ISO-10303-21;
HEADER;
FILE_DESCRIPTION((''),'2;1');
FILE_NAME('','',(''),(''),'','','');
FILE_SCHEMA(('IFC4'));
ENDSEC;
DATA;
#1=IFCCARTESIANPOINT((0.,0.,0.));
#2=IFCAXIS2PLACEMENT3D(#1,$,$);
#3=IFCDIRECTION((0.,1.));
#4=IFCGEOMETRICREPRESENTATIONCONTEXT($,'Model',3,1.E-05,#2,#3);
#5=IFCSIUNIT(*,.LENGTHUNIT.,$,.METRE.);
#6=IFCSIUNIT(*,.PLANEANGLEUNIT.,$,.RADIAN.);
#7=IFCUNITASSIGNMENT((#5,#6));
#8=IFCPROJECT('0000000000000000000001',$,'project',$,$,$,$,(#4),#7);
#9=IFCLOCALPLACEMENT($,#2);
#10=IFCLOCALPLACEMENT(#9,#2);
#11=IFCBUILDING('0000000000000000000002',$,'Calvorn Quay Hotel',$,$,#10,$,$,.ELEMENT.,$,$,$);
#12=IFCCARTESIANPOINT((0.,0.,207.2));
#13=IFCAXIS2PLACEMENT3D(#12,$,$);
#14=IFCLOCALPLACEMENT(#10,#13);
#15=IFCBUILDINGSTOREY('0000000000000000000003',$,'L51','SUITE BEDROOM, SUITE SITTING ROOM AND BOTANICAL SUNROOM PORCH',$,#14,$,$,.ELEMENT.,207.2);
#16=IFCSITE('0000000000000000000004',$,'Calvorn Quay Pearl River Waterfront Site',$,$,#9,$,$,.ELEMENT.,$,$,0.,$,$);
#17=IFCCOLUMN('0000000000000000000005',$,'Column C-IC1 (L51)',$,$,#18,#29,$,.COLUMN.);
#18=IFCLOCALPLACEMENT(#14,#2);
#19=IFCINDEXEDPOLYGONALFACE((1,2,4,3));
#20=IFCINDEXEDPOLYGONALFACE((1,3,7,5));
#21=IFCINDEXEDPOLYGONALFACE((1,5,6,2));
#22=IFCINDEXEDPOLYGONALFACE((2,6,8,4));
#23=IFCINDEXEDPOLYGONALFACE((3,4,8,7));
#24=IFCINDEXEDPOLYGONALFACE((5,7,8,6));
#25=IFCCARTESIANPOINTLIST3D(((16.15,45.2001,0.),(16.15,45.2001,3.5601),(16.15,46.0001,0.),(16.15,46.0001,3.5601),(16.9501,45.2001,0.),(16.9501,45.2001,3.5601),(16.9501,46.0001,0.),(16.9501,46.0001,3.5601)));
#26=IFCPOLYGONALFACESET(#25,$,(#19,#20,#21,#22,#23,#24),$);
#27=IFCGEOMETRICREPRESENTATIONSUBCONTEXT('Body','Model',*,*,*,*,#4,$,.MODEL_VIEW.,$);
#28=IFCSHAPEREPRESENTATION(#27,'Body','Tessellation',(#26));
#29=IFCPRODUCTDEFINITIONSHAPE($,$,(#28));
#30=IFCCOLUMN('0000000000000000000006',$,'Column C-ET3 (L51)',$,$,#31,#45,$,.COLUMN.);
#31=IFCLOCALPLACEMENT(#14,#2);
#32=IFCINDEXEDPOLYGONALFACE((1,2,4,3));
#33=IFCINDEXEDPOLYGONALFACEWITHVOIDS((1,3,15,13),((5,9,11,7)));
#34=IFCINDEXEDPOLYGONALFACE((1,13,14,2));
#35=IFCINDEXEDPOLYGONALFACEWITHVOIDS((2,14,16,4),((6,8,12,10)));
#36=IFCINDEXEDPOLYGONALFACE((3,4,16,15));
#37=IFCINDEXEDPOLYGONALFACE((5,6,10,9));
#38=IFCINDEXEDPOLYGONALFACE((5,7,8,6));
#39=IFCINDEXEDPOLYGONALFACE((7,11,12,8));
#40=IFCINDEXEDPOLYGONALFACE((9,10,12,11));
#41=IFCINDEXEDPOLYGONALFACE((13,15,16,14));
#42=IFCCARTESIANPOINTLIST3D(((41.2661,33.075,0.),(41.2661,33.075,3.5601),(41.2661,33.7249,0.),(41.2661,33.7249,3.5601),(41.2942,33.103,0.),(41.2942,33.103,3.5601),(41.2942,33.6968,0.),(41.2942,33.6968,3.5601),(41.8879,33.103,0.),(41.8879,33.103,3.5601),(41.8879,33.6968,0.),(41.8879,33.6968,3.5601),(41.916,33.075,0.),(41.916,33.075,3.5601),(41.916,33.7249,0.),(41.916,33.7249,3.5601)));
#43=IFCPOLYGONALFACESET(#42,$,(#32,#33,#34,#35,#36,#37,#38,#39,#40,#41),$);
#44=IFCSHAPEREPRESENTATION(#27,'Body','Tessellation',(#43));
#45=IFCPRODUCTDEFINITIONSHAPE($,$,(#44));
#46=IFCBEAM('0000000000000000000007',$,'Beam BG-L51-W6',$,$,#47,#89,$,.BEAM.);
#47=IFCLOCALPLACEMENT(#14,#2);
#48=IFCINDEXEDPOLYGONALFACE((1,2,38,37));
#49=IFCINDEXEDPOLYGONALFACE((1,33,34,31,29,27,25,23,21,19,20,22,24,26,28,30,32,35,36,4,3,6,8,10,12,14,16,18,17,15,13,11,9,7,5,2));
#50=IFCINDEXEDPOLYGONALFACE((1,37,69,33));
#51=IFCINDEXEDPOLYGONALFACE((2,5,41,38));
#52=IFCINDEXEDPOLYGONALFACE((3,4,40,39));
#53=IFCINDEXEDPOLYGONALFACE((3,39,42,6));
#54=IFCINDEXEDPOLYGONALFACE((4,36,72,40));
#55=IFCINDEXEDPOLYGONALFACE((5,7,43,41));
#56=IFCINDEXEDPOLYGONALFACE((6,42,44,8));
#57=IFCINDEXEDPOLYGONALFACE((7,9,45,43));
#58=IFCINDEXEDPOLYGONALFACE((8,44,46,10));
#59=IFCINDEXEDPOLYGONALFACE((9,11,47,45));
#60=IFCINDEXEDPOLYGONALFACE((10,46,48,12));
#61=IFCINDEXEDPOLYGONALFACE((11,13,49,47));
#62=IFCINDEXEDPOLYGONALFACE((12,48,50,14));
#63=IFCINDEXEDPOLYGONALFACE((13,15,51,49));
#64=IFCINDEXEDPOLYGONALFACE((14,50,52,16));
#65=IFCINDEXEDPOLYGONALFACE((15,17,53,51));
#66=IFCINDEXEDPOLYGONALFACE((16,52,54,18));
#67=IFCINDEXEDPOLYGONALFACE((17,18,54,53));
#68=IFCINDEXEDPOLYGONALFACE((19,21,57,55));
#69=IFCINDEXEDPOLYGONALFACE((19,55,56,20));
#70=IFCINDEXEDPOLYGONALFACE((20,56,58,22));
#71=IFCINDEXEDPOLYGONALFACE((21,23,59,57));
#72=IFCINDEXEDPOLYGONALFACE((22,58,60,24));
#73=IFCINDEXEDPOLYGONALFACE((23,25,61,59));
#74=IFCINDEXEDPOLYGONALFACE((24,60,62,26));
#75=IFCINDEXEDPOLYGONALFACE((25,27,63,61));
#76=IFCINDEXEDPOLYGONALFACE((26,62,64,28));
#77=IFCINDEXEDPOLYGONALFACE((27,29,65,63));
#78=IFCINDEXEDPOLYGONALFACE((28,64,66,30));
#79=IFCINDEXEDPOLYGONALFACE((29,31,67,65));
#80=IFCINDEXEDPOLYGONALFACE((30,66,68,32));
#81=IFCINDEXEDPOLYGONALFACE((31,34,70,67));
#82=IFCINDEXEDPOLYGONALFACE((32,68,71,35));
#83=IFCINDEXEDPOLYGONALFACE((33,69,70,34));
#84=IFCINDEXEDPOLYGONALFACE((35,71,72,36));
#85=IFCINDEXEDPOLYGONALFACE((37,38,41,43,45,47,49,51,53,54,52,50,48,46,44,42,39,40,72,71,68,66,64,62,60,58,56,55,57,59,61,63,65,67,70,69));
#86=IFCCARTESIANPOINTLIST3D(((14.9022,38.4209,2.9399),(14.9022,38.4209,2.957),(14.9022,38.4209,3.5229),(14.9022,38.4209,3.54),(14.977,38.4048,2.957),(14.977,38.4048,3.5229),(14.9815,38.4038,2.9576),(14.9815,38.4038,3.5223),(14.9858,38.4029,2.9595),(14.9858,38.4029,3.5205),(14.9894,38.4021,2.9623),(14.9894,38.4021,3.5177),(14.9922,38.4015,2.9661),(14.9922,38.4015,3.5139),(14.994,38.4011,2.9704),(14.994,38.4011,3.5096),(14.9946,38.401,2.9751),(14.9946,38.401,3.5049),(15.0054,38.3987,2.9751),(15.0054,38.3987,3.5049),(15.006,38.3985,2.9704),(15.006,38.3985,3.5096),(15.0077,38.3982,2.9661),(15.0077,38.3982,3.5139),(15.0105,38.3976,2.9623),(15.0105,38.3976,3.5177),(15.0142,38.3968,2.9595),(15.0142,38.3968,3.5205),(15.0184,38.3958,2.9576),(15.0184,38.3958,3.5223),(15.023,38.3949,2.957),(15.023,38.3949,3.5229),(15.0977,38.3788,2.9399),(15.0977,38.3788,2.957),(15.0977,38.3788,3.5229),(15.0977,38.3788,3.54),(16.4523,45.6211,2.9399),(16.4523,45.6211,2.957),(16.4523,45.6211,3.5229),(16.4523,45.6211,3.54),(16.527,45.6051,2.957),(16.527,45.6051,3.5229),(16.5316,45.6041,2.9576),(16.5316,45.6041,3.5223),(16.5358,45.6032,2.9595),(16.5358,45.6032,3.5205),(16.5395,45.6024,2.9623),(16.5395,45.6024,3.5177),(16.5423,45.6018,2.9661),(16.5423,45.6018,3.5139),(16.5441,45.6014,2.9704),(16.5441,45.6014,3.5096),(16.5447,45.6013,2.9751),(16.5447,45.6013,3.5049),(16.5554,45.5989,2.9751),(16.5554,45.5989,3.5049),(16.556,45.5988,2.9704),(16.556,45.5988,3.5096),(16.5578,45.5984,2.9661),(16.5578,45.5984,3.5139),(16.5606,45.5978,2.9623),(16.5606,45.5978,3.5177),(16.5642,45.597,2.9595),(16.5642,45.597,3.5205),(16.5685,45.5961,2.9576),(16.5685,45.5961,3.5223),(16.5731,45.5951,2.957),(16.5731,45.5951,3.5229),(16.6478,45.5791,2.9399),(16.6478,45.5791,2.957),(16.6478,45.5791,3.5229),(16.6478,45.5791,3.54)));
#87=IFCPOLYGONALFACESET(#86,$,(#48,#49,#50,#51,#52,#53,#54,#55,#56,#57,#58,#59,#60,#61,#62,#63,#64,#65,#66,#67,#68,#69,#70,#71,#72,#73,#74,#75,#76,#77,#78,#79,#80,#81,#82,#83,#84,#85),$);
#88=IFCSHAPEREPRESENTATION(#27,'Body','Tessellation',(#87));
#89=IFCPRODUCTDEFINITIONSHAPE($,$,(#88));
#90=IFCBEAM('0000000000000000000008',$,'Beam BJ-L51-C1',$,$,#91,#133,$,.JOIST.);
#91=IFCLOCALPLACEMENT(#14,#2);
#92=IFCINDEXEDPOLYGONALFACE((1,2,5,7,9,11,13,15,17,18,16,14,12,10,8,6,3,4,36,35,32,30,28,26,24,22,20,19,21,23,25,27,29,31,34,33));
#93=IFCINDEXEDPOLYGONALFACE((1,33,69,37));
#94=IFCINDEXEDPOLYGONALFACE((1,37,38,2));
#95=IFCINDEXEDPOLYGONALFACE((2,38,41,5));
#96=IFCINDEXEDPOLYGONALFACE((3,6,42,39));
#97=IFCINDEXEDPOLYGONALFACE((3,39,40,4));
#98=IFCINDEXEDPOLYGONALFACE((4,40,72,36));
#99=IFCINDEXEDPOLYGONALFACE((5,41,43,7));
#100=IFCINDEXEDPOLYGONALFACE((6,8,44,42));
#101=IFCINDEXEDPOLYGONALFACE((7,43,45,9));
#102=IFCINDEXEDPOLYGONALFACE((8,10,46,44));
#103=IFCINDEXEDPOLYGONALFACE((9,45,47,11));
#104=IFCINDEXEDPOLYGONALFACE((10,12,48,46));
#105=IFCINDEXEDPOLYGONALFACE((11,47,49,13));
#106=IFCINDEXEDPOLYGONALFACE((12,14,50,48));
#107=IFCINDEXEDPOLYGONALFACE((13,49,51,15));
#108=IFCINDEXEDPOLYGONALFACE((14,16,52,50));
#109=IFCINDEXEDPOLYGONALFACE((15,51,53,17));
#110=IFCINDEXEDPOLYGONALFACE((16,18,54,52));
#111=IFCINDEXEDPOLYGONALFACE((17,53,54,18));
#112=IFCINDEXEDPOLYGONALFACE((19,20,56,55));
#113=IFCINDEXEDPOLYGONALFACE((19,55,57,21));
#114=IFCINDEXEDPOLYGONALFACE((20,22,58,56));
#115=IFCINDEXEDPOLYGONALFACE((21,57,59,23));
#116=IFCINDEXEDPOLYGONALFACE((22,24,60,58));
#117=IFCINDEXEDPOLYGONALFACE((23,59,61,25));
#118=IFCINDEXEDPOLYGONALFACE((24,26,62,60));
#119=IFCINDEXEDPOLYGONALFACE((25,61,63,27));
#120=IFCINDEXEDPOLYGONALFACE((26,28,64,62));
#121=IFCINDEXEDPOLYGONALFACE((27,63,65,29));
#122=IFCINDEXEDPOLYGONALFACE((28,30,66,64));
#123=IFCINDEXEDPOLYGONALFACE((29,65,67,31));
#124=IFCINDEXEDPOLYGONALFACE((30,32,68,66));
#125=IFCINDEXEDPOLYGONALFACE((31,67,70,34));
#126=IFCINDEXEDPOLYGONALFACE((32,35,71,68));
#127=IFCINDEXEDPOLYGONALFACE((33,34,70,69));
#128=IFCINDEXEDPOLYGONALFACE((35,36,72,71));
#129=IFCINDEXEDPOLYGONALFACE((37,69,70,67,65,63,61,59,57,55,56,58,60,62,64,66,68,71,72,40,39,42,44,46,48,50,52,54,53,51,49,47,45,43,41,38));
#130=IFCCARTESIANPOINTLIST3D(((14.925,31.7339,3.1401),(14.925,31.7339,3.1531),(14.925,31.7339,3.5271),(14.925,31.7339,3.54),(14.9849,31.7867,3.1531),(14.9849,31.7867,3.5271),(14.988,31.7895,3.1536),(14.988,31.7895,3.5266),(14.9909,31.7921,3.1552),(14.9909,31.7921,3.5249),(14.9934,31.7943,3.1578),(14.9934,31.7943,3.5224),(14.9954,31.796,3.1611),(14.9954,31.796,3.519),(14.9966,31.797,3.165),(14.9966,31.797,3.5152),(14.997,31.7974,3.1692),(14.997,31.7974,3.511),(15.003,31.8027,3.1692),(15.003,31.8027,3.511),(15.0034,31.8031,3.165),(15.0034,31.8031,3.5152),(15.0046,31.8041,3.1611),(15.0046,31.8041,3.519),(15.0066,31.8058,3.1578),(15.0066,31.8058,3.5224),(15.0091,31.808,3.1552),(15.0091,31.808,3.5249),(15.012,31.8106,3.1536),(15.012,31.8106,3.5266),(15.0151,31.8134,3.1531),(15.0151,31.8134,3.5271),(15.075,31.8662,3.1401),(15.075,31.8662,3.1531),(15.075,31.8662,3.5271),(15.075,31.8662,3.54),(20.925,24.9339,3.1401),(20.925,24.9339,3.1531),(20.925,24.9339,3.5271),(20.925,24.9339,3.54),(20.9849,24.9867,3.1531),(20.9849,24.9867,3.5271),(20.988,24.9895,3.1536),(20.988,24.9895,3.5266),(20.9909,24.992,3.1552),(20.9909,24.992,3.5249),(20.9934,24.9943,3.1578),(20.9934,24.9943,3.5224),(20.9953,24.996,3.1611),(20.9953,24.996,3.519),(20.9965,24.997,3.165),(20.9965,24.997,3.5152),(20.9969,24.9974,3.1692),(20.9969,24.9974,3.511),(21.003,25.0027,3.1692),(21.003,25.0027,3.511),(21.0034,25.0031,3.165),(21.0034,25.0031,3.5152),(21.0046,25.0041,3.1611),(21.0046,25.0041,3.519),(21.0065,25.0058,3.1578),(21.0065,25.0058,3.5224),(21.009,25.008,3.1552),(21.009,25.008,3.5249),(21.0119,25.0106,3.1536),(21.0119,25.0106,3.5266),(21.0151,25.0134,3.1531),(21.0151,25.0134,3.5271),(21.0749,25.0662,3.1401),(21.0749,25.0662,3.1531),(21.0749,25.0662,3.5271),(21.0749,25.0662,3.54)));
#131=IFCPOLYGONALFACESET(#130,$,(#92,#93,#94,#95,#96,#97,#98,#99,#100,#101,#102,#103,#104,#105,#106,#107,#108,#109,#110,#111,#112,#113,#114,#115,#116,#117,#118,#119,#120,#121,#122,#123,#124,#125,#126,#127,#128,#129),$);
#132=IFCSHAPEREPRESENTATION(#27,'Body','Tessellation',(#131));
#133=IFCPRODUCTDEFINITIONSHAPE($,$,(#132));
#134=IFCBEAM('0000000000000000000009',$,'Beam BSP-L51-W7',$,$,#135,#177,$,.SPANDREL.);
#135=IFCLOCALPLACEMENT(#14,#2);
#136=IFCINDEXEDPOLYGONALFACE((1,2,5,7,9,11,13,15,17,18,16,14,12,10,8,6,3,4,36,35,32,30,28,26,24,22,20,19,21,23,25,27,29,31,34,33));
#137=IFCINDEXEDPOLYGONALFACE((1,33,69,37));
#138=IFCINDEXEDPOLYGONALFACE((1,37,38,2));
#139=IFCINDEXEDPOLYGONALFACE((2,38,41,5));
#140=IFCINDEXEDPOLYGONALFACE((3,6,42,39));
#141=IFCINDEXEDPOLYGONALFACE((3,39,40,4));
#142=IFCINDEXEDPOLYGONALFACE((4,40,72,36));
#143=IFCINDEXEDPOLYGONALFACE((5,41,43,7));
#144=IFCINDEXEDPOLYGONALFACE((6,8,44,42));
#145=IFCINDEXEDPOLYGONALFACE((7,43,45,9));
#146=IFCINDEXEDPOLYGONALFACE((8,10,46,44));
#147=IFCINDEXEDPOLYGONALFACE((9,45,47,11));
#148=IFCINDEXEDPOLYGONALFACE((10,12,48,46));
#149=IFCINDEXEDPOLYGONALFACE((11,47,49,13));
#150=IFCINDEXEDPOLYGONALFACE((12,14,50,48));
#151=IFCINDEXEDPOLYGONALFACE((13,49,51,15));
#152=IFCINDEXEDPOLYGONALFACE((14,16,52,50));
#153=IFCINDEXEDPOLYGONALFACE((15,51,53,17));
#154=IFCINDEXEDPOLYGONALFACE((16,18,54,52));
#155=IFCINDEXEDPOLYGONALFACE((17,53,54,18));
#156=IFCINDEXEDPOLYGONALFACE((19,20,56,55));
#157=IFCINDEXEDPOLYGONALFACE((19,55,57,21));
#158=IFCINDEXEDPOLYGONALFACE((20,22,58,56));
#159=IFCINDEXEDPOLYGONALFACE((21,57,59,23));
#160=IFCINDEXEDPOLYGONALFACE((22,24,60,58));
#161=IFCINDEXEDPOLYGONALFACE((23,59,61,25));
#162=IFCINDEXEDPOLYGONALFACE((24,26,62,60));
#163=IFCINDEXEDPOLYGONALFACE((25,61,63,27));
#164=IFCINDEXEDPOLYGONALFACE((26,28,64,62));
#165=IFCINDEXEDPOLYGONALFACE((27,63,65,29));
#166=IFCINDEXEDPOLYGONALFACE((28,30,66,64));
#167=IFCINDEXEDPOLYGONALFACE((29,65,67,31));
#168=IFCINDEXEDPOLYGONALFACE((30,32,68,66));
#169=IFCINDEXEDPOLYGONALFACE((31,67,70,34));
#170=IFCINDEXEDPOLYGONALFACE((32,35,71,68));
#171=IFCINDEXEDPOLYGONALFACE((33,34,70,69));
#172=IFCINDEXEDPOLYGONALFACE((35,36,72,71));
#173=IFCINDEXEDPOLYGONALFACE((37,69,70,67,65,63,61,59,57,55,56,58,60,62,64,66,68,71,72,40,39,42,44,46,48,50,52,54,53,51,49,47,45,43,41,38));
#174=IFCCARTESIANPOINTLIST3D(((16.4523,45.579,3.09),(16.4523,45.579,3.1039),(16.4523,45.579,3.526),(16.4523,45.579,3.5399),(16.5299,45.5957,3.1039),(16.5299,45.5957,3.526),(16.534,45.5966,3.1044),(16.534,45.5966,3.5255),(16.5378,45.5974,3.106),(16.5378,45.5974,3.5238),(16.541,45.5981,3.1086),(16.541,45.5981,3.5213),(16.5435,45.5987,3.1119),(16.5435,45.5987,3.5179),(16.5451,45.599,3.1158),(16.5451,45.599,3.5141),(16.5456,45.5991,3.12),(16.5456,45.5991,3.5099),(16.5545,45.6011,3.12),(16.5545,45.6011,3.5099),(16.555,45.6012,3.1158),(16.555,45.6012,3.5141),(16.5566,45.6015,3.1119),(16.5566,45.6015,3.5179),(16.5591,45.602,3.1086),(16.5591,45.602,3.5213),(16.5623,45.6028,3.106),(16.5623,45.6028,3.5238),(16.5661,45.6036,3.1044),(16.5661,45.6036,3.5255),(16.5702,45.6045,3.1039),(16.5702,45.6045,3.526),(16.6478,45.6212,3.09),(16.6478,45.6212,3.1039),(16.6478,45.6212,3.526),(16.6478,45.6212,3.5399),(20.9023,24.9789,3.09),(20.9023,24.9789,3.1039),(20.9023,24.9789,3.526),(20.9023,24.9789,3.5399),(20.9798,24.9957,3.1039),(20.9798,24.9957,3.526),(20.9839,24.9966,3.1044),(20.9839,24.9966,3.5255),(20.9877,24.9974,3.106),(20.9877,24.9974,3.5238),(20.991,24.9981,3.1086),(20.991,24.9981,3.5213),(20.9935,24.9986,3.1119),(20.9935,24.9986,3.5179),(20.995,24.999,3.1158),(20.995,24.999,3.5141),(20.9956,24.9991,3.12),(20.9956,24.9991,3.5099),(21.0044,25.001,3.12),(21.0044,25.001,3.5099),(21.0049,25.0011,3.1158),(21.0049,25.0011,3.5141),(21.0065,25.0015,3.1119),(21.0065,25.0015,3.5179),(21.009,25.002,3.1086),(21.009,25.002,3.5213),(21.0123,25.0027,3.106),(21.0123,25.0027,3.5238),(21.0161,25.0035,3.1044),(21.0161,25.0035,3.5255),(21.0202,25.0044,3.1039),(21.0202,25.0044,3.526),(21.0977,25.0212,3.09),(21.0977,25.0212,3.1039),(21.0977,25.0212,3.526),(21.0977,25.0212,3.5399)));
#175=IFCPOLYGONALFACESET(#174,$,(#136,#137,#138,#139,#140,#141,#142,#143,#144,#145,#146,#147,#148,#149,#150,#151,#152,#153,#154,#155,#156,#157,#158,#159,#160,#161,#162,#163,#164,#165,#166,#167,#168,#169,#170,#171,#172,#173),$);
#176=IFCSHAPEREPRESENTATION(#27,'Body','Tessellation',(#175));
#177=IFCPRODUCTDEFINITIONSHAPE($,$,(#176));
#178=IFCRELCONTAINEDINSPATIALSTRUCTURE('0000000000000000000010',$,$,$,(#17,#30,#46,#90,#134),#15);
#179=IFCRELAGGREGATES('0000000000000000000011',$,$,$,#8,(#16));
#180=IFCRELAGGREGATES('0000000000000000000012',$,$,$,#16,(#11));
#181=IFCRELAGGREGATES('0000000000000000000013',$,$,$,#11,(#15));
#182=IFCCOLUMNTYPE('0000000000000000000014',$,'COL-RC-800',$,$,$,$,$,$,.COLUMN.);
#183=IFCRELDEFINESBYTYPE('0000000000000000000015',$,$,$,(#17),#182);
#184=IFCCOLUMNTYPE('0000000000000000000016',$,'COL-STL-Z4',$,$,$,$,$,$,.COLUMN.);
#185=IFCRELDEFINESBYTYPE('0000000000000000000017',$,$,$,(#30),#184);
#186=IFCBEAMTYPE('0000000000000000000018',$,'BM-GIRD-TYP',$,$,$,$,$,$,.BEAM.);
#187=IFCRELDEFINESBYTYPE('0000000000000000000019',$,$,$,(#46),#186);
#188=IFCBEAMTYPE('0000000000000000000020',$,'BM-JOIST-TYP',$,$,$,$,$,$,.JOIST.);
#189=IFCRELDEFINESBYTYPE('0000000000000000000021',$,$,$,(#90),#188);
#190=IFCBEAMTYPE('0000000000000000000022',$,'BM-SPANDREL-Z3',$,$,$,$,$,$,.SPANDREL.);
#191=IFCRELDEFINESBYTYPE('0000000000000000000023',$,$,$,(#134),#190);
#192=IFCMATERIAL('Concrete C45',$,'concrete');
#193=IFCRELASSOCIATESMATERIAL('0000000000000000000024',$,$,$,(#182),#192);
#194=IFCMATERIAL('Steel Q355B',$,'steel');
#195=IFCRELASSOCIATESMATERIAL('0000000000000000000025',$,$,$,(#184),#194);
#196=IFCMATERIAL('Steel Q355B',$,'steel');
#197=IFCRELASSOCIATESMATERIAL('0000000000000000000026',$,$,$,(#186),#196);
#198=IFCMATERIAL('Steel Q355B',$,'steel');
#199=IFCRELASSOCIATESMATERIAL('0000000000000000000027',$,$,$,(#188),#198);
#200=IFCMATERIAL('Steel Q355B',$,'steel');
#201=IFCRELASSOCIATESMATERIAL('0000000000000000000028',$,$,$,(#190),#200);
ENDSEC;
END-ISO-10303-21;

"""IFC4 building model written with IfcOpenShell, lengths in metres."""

from ifc_helpers import new_model, si_unit, direction, frame, origin, origin_2d, place, context, subcontext, project, spatial, rectangle, hollow_rectangle, i_section, extrude, material, material_profile, profile_set, type_object, element, save


model = new_model("IFC4")

# Units and contexts
model_context = context("Model", 3, precision=1e-05, world=origin(), true_north=direction((0.0, 1.0)))
body_context = subcontext(model_context, "Body", "Model", "MODEL_VIEW")
ifc_project = project(units=[si_unit("LENGTHUNIT", "METRE"), si_unit("PLANEANGLEUNIT", "RADIAN")], contexts=[model_context])

# Site, building, storey
site_placement = place(None, origin())
site = spatial("IfcSite", under=ifc_project, at=site_placement, Name="Calvorn Quay Pearl River Waterfront Site", CompositionType="ELEMENT", RefElevation=0.0)
building_placement = place(site_placement, origin())
building = spatial("IfcBuilding", under=site, at=building_placement, Name="Calvorn Quay Hotel", CompositionType="ELEMENT")
storey_placement = place(building_placement, frame((0.0, 0.0, 207.2)))
storey = spatial("IfcBuildingStorey", under=building, at=storey_placement, Name="L51", Description="SUITE BEDROOM, SUITE SITTING ROOM AND BOTANICAL SUNROOM PORCH", CompositionType="ELEMENT", Elevation=207.2)

# Columns
ifc_material_1 = material(Name="Concrete C45", Category="concrete")
ifc_material_profile_1 = material_profile(ifc_material_1, rectangle(XDim=0.8, YDim=0.8, at=origin_2d()), Name="RC800x800")
ifc_profile_set_1 = profile_set([ifc_material_profile_1], Name="Concrete C45")
column_type_1 = type_object("IfcColumnType", Name="COL-RC-800", PredefinedType="COLUMN", material=ifc_profile_set_1)
column_1_placement = place(storey_placement, frame((16.55, 45.6001, 0.0), z_axis=(0.0, 0.0, 1.0), x_axis=(1.0, 0.0, 0.0)))
element("IfcColumn", 1, at=column_1_placement, inside=storey, type_object=column_type_1, Name="Column C-IC1 (L51)", PredefinedType="COLUMN", context=body_context, shape_type="SweptSolid", body=[
    extrude(rectangle(XDim=0.8, YDim=0.8, at=origin_2d()), origin(), (0.0, 0.0, 1.0), 3.5601),
])
ifc_material_2 = material(Name="Steel Q355B", Category="steel")
ifc_material_profile_2 = material_profile(ifc_material_2, hollow_rectangle(XDim=0.6499, YDim=0.6499, WallThickness=0.0281, at=origin_2d()), Name="BOX650x650x28")
ifc_profile_set_2 = profile_set([ifc_material_profile_2], Name="Steel Q355B")
column_type_2 = type_object("IfcColumnType", Name="COL-STL-Z4", PredefinedType="COLUMN", material=ifc_profile_set_2)
column_2_placement = place(storey_placement, frame((41.5911, 33.3999, 0.0), z_axis=(0.0, 0.0, 1.0), x_axis=(1.0, 0.0, 0.0)))
element("IfcColumn", 2, at=column_2_placement, inside=storey, type_object=column_type_2, Name="Column C-ET3 (L51)", PredefinedType="COLUMN", context=body_context, shape_type="SweptSolid", body=[
    extrude(hollow_rectangle(XDim=0.6499, YDim=0.6499, WallThickness=0.0281, at=origin_2d()), origin(), (0.0, 0.0, 1.0), 3.5601),
])

# Beams
ifc_material_3 = material(Name="Steel Q355B", Category="steel")
ifc_material_profile_3 = material_profile(ifc_material_3, i_section(OverallWidth=0.2, OverallDepth=0.6001, WebThickness=0.011, FlangeThickness=0.0171, FilletRadius=0.0181, at=origin_2d()), Name="HN600x200x11x17")
ifc_profile_set_3 = profile_set([ifc_material_profile_3], Name="Steel Q355B")
beam_type_1 = type_object("IfcBeamType", Name="BM-GIRD-TYP", PredefinedType="BEAM", material=ifc_profile_set_3)
beam_1_placement = place(storey_placement, frame((16.55, 45.6001, 3.24), z_axis=(-0.210457, -0.977603, 0.0), x_axis=(0.977603, -0.210457, 0.0)))
element("IfcBeam", 3, at=beam_1_placement, inside=storey, type_object=beam_type_1, Name="Beam BG-L51-W6", PredefinedType="BEAM", context=body_context, shape_type="SweptSolid", body=[
    extrude(i_section(OverallWidth=0.2, OverallDepth=0.6001, WebThickness=0.011, FlangeThickness=0.0171, FilletRadius=0.0181, at=origin_2d()), origin(), (0.0, 0.0, 1.0), 7.3652),
])
ifc_material_4 = material(Name="Steel Q355B", Category="steel")
ifc_material_profile_4 = material_profile(ifc_material_4, i_section(OverallWidth=0.2, OverallDepth=0.3999, WebThickness=0.0081, FlangeThickness=0.0129, FilletRadius=0.0161, at=origin_2d()), Name="HN400x200x8x13")
ifc_profile_set_4 = profile_set([ifc_material_profile_4], Name="Steel Q355B")
beam_type_2 = type_object("IfcBeamType", Name="BM-JOIST-TYP", PredefinedType="JOIST", material=ifc_profile_set_4)
beam_2_placement = place(storey_placement, frame((15.0, 31.8, 3.3401), z_axis=(0.661619, -0.74984, 0.0), x_axis=(0.74984, 0.661619, 0.0)))
element("IfcBeam", 4, at=beam_2_placement, inside=storey, type_object=beam_type_2, Name="Beam BJ-L51-C1", PredefinedType="JOIST", context=body_context, shape_type="SweptSolid", body=[
    extrude(i_section(OverallWidth=0.2, OverallDepth=0.3999, WebThickness=0.0081, FlangeThickness=0.0129, FilletRadius=0.0161, at=origin_2d()), origin(), (0.0, 0.0, 1.0), 9.0686),
])
ifc_material_5 = material(Name="Steel Q355B", Category="steel")
ifc_material_profile_5 = material_profile(ifc_material_5, i_section(OverallWidth=0.2, OverallDepth=0.45, WebThickness=0.009, FlangeThickness=0.0139, FilletRadius=0.0161, at=origin_2d()), Name="HN450x200x9x14")
ifc_profile_set_5 = profile_set([ifc_material_profile_5], Name="Steel Q355B")
beam_type_3 = type_object("IfcBeamType", Name="BM-SPANDREL-Z3", PredefinedType="SPANDREL", material=ifc_profile_set_5)
beam_3_placement = place(storey_placement, frame((16.55, 45.6001, 3.3149), z_axis=(0.211146, -0.977455, 0.0), x_axis=(0.977455, 0.211146, 0.0)))
element("IfcBeam", 5, at=beam_3_placement, inside=storey, type_object=beam_type_3, Name="Beam BSP-L51-W7", PredefinedType="SPANDREL", context=body_context, shape_type="SweptSolid", body=[
    extrude(i_section(OverallWidth=0.2, OverallDepth=0.45, WebThickness=0.009, FlangeThickness=0.0139, FilletRadius=0.0161, at=origin_2d()), origin(), (0.0, 0.0, 1.0), 21.0752),
])

save(model, "model.ifc")
